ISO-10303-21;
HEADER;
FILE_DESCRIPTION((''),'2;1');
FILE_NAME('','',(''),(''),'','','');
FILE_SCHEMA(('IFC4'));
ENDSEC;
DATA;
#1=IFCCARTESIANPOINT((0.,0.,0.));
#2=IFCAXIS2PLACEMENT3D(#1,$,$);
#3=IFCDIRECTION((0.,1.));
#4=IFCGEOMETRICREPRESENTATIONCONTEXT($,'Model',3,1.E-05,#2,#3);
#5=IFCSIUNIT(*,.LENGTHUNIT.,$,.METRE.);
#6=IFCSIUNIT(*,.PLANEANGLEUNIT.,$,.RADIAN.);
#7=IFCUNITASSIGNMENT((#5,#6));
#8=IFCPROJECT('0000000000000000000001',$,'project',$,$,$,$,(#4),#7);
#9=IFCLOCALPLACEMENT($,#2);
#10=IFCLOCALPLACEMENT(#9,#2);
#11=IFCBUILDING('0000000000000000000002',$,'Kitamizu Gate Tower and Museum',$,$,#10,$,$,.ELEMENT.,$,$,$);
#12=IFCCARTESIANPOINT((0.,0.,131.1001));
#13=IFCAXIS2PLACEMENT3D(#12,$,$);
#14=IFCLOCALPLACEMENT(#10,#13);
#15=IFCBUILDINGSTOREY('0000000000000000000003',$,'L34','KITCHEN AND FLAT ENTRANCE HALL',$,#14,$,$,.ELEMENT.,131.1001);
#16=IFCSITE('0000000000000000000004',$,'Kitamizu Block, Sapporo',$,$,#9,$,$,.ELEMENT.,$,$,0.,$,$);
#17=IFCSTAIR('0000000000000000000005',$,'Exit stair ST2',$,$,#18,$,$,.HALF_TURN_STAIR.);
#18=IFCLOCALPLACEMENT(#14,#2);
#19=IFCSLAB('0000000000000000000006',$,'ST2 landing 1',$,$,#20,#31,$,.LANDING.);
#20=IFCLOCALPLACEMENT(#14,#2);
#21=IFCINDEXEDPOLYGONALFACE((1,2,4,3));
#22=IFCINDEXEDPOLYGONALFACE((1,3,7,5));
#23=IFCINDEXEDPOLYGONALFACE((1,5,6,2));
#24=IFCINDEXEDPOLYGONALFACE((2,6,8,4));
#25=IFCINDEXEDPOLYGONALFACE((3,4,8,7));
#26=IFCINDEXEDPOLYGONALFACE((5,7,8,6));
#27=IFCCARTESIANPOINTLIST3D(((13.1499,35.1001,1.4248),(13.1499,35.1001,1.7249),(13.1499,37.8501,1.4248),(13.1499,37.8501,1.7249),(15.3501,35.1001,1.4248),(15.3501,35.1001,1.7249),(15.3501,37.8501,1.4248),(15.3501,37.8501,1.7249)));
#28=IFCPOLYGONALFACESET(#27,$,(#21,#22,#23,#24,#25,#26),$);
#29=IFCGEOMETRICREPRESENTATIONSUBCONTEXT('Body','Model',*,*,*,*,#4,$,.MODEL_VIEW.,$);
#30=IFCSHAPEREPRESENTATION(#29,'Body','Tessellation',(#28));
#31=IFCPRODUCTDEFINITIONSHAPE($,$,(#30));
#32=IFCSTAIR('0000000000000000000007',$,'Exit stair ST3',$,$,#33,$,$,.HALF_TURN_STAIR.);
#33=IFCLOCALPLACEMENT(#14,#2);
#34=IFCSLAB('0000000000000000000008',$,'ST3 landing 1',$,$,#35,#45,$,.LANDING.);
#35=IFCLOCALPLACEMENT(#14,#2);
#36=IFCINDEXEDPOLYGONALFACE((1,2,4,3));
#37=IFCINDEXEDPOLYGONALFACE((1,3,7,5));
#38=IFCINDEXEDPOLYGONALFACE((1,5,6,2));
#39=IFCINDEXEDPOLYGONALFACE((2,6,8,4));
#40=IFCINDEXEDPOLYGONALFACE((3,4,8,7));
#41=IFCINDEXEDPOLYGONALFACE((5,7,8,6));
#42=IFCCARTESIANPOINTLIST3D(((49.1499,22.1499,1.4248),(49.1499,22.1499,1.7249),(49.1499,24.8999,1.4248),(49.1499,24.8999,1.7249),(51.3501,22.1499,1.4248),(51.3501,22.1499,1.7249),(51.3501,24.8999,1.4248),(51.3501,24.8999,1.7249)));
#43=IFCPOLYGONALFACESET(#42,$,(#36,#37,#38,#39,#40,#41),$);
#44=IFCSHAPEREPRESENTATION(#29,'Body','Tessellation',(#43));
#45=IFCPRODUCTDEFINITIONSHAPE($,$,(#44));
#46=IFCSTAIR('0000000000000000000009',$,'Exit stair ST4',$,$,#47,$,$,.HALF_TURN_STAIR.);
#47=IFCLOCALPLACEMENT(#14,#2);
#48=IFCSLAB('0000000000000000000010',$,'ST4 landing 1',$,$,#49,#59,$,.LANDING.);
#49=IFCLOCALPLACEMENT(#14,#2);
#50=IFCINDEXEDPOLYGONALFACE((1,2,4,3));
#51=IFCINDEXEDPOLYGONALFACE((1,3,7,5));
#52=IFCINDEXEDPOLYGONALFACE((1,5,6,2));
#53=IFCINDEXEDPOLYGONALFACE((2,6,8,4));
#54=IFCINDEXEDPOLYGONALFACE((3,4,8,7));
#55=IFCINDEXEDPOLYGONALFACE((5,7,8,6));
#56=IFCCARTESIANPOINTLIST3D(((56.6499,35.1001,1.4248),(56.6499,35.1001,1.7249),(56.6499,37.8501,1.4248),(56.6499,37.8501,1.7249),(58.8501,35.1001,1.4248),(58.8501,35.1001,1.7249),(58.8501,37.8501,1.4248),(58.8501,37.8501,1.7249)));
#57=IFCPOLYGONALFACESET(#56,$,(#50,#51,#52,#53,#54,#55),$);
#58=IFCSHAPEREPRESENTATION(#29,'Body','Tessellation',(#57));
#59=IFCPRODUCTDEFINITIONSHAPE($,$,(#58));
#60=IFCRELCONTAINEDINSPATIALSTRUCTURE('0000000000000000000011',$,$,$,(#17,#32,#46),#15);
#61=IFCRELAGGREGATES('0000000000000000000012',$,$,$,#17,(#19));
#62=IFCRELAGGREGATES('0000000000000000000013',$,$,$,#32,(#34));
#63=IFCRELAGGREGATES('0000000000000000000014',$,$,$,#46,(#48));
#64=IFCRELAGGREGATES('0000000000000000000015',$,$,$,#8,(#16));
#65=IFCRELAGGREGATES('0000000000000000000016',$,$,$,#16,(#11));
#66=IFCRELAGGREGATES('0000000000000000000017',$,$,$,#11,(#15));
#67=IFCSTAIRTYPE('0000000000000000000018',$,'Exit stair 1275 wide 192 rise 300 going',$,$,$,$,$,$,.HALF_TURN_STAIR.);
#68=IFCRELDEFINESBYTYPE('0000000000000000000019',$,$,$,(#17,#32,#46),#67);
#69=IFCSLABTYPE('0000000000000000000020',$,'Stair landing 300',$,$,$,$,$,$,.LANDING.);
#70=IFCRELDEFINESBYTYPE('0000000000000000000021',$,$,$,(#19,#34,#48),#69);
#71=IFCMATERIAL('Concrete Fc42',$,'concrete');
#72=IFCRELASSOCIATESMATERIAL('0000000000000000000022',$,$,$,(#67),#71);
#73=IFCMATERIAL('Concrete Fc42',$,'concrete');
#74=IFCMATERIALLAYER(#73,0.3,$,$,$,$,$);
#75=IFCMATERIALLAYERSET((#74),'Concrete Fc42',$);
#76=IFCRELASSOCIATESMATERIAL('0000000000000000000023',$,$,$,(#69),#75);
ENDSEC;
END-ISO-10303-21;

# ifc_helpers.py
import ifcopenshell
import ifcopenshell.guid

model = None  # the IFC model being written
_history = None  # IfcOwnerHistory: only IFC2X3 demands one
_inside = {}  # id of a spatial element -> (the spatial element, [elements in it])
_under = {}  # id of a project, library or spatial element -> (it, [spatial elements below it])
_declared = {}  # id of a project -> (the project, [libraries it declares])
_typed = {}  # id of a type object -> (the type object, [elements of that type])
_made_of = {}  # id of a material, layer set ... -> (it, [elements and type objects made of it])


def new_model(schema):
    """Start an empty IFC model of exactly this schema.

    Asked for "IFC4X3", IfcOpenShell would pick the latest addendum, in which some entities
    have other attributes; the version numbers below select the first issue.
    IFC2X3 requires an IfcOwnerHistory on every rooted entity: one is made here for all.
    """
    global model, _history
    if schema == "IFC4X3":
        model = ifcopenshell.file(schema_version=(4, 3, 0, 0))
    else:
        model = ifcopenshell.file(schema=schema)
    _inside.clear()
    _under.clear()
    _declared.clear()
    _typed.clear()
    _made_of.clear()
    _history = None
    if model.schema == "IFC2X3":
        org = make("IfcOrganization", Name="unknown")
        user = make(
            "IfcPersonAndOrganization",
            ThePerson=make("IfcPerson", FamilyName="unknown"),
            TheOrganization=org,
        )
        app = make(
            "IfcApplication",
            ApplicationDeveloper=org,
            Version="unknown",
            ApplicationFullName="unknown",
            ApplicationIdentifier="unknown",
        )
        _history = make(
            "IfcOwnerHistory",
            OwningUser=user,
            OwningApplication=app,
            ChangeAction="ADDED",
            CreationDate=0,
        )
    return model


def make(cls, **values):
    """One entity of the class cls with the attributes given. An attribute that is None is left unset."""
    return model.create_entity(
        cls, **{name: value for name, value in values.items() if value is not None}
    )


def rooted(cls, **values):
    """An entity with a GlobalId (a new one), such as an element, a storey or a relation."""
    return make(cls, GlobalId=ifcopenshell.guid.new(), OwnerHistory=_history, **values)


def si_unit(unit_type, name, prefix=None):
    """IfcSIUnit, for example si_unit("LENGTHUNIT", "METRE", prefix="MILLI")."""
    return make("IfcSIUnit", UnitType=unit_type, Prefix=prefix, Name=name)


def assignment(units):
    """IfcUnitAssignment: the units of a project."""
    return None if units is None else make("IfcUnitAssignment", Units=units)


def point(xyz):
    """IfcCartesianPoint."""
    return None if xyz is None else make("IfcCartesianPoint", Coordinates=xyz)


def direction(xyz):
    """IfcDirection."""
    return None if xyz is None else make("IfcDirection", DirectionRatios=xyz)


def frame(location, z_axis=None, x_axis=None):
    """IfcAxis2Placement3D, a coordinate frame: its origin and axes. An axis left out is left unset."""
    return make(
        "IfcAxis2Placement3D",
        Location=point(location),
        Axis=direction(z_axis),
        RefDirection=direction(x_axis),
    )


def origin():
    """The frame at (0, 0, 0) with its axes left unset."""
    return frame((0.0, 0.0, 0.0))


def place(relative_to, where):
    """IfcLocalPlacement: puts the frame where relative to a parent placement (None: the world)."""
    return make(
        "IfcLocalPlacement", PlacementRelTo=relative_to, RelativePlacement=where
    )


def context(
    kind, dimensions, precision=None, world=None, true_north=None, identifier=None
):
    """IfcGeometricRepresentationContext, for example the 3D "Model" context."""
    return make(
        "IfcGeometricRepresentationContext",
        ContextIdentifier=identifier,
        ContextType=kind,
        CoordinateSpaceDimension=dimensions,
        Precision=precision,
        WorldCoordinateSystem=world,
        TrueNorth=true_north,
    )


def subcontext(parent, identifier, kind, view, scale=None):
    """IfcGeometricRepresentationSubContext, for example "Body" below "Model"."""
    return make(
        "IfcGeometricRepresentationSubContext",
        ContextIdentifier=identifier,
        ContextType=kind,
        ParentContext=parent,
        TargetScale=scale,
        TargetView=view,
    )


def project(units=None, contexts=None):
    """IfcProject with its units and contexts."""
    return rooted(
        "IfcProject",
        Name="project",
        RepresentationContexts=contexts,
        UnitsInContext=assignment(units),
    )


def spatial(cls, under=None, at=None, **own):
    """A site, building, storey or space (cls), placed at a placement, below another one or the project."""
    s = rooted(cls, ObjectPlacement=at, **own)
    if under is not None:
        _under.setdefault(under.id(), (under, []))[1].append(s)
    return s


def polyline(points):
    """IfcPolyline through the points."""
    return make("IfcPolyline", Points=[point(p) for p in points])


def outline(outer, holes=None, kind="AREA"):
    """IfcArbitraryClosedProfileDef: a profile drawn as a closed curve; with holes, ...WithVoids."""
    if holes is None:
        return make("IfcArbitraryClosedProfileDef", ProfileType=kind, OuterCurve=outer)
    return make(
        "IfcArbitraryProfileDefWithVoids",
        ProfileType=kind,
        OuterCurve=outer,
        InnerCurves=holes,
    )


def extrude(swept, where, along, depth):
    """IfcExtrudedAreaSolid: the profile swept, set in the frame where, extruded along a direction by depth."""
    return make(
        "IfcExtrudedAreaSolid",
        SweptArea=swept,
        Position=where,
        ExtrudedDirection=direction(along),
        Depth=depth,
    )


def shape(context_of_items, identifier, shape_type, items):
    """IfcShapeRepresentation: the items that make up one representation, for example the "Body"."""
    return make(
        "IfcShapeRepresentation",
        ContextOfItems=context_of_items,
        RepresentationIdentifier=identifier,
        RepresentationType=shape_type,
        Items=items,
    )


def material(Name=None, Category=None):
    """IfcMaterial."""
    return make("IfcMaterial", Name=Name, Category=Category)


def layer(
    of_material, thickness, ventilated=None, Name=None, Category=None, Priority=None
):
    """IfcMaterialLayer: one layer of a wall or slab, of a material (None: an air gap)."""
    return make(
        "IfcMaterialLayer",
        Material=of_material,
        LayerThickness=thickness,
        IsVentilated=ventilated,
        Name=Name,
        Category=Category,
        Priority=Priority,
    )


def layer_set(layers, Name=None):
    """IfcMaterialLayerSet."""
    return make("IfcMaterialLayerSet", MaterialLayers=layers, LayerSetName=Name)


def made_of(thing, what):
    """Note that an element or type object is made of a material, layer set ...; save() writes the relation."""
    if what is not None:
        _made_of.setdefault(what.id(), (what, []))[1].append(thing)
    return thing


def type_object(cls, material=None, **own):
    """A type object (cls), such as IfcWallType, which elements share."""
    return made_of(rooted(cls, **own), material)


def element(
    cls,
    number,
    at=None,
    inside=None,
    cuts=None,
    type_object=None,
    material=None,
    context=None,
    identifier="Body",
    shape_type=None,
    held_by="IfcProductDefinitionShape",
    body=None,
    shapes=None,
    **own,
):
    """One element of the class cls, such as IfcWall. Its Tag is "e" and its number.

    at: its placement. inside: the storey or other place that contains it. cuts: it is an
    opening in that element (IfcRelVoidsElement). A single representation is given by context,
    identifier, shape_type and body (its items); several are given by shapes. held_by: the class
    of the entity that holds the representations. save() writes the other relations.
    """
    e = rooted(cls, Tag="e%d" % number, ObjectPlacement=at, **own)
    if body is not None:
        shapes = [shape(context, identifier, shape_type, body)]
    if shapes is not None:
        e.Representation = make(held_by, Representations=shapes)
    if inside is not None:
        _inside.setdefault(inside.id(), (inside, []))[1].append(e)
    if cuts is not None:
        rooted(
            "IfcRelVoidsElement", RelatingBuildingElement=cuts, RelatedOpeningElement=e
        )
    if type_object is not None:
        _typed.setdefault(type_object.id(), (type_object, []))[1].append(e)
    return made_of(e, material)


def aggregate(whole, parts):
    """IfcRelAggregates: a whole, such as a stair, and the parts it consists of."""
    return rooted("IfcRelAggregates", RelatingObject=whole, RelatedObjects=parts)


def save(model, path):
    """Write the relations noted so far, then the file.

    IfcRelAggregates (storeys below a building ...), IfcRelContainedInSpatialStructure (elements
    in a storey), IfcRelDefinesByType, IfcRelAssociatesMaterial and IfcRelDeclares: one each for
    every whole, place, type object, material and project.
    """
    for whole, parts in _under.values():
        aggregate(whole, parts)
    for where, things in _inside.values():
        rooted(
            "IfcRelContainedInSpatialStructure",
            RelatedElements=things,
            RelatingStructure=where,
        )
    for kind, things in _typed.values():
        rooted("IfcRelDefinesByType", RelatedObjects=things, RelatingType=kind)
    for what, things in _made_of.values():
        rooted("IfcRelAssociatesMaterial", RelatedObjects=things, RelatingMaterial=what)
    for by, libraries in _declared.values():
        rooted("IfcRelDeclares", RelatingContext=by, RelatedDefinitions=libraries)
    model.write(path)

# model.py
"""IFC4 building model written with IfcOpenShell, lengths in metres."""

from ifc_helpers import new_model, si_unit, direction, frame, origin, place, context, subcontext, project, spatial, polyline, outline, extrude, material, layer, layer_set, type_object, element, aggregate, save


model = new_model("IFC4")

# Units and contexts
model_context = context("Model", 3, precision=1e-05, world=origin(), true_north=direction((0.0, 1.0)))
body_context = subcontext(model_context, "Body", "Model", "MODEL_VIEW")
ifc_project = project(units=[si_unit("LENGTHUNIT", "METRE"), si_unit("PLANEANGLEUNIT", "RADIAN")], contexts=[model_context])

# Site, building, storey
site_placement = place(None, origin())
site = spatial("IfcSite", under=ifc_project, at=site_placement, Name="Kitamizu Block, Sapporo", CompositionType="ELEMENT", RefElevation=0.0)
building_placement = place(site_placement, origin())
building = spatial("IfcBuilding", under=site, at=building_placement, Name="Kitamizu Gate Tower and Museum", CompositionType="ELEMENT")
storey_placement = place(building_placement, frame((0.0, 0.0, 131.1001)))
storey = spatial("IfcBuildingStorey", under=building, at=storey_placement, Name="L34", Description="KITCHEN AND FLAT ENTRANCE HALL", CompositionType="ELEMENT", Elevation=131.1001)

# Stairs, slabs
ifc_material_1 = material(Name="Concrete Fc42", Category="concrete")
stair_type = type_object("IfcStairType", Name="Exit stair 1275 wide 192 rise 300 going", PredefinedType="HALF_TURN_STAIR", material=ifc_material_1)
ifc_material_2 = material(Name="Concrete Fc42", Category="concrete")
ifc_layer_1 = layer(ifc_material_2, 0.3)
ifc_layer_set_1 = layer_set([ifc_layer_1], Name="Concrete Fc42")
slab_type_1 = type_object("IfcSlabType", Name="Stair landing 300", PredefinedType="LANDING", material=ifc_layer_set_1)
stair_1_placement = place(storey_placement, origin())
stair_1 = element("IfcStair", 1, at=stair_1_placement, inside=storey, type_object=stair_type, Name="Exit stair ST2", PredefinedType="HALF_TURN_STAIR")
slab_1_placement = place(storey_placement, frame((0.0, 0.0, 1.4248)))
slab_1 = element("IfcSlab", 2, at=slab_1_placement, type_object=slab_type_1, Name="ST2 landing 1", PredefinedType="LANDING", context=body_context, shape_type="SweptSolid", body=[
    extrude(outline(polyline([(13.1499, 35.1001), (15.3501, 35.1001), (15.3501, 37.8501), (13.1499, 37.8501), (13.1499, 35.1001)])), origin(), (0.0, 0.0, 1.0), 0.3),
])
aggregate(stair_1, [slab_1])
stair_2_placement = place(storey_placement, origin())
stair_2 = element("IfcStair", 3, at=stair_2_placement, inside=storey, type_object=stair_type, Name="Exit stair ST3", PredefinedType="HALF_TURN_STAIR")
slab_2_placement = place(storey_placement, frame((0.0, 0.0, 1.4248)))
slab_2 = element("IfcSlab", 4, at=slab_2_placement, type_object=slab_type_1, Name="ST3 landing 1", PredefinedType="LANDING", context=body_context, shape_type="SweptSolid", body=[
    extrude(outline(polyline([(49.1499, 22.1499), (51.3501, 22.1499), (51.3501, 24.8999), (49.1499, 24.8999), (49.1499, 22.1499)])), origin(), (0.0, 0.0, 1.0), 0.3),
])
aggregate(stair_2, [slab_2])
stair_3_placement = place(storey_placement, origin())
stair_3 = element("IfcStair", 5, at=stair_3_placement, inside=storey, type_object=stair_type, Name="Exit stair ST4", PredefinedType="HALF_TURN_STAIR")
slab_3_placement = place(storey_placement, frame((0.0, 0.0, 1.4248)))
slab_3 = element("IfcSlab", 6, at=slab_3_placement, type_object=slab_type_1, Name="ST4 landing 1", PredefinedType="LANDING", context=body_context, shape_type="SweptSolid", body=[
    extrude(outline(polyline([(56.6499, 35.1001), (58.8501, 35.1001), (58.8501, 37.8501), (56.6499, 37.8501), (56.6499, 35.1001)])), origin(), (0.0, 0.0, 1.0), 0.3),
])
aggregate(stair_3, [slab_3])

save(model, "model.ifc")
